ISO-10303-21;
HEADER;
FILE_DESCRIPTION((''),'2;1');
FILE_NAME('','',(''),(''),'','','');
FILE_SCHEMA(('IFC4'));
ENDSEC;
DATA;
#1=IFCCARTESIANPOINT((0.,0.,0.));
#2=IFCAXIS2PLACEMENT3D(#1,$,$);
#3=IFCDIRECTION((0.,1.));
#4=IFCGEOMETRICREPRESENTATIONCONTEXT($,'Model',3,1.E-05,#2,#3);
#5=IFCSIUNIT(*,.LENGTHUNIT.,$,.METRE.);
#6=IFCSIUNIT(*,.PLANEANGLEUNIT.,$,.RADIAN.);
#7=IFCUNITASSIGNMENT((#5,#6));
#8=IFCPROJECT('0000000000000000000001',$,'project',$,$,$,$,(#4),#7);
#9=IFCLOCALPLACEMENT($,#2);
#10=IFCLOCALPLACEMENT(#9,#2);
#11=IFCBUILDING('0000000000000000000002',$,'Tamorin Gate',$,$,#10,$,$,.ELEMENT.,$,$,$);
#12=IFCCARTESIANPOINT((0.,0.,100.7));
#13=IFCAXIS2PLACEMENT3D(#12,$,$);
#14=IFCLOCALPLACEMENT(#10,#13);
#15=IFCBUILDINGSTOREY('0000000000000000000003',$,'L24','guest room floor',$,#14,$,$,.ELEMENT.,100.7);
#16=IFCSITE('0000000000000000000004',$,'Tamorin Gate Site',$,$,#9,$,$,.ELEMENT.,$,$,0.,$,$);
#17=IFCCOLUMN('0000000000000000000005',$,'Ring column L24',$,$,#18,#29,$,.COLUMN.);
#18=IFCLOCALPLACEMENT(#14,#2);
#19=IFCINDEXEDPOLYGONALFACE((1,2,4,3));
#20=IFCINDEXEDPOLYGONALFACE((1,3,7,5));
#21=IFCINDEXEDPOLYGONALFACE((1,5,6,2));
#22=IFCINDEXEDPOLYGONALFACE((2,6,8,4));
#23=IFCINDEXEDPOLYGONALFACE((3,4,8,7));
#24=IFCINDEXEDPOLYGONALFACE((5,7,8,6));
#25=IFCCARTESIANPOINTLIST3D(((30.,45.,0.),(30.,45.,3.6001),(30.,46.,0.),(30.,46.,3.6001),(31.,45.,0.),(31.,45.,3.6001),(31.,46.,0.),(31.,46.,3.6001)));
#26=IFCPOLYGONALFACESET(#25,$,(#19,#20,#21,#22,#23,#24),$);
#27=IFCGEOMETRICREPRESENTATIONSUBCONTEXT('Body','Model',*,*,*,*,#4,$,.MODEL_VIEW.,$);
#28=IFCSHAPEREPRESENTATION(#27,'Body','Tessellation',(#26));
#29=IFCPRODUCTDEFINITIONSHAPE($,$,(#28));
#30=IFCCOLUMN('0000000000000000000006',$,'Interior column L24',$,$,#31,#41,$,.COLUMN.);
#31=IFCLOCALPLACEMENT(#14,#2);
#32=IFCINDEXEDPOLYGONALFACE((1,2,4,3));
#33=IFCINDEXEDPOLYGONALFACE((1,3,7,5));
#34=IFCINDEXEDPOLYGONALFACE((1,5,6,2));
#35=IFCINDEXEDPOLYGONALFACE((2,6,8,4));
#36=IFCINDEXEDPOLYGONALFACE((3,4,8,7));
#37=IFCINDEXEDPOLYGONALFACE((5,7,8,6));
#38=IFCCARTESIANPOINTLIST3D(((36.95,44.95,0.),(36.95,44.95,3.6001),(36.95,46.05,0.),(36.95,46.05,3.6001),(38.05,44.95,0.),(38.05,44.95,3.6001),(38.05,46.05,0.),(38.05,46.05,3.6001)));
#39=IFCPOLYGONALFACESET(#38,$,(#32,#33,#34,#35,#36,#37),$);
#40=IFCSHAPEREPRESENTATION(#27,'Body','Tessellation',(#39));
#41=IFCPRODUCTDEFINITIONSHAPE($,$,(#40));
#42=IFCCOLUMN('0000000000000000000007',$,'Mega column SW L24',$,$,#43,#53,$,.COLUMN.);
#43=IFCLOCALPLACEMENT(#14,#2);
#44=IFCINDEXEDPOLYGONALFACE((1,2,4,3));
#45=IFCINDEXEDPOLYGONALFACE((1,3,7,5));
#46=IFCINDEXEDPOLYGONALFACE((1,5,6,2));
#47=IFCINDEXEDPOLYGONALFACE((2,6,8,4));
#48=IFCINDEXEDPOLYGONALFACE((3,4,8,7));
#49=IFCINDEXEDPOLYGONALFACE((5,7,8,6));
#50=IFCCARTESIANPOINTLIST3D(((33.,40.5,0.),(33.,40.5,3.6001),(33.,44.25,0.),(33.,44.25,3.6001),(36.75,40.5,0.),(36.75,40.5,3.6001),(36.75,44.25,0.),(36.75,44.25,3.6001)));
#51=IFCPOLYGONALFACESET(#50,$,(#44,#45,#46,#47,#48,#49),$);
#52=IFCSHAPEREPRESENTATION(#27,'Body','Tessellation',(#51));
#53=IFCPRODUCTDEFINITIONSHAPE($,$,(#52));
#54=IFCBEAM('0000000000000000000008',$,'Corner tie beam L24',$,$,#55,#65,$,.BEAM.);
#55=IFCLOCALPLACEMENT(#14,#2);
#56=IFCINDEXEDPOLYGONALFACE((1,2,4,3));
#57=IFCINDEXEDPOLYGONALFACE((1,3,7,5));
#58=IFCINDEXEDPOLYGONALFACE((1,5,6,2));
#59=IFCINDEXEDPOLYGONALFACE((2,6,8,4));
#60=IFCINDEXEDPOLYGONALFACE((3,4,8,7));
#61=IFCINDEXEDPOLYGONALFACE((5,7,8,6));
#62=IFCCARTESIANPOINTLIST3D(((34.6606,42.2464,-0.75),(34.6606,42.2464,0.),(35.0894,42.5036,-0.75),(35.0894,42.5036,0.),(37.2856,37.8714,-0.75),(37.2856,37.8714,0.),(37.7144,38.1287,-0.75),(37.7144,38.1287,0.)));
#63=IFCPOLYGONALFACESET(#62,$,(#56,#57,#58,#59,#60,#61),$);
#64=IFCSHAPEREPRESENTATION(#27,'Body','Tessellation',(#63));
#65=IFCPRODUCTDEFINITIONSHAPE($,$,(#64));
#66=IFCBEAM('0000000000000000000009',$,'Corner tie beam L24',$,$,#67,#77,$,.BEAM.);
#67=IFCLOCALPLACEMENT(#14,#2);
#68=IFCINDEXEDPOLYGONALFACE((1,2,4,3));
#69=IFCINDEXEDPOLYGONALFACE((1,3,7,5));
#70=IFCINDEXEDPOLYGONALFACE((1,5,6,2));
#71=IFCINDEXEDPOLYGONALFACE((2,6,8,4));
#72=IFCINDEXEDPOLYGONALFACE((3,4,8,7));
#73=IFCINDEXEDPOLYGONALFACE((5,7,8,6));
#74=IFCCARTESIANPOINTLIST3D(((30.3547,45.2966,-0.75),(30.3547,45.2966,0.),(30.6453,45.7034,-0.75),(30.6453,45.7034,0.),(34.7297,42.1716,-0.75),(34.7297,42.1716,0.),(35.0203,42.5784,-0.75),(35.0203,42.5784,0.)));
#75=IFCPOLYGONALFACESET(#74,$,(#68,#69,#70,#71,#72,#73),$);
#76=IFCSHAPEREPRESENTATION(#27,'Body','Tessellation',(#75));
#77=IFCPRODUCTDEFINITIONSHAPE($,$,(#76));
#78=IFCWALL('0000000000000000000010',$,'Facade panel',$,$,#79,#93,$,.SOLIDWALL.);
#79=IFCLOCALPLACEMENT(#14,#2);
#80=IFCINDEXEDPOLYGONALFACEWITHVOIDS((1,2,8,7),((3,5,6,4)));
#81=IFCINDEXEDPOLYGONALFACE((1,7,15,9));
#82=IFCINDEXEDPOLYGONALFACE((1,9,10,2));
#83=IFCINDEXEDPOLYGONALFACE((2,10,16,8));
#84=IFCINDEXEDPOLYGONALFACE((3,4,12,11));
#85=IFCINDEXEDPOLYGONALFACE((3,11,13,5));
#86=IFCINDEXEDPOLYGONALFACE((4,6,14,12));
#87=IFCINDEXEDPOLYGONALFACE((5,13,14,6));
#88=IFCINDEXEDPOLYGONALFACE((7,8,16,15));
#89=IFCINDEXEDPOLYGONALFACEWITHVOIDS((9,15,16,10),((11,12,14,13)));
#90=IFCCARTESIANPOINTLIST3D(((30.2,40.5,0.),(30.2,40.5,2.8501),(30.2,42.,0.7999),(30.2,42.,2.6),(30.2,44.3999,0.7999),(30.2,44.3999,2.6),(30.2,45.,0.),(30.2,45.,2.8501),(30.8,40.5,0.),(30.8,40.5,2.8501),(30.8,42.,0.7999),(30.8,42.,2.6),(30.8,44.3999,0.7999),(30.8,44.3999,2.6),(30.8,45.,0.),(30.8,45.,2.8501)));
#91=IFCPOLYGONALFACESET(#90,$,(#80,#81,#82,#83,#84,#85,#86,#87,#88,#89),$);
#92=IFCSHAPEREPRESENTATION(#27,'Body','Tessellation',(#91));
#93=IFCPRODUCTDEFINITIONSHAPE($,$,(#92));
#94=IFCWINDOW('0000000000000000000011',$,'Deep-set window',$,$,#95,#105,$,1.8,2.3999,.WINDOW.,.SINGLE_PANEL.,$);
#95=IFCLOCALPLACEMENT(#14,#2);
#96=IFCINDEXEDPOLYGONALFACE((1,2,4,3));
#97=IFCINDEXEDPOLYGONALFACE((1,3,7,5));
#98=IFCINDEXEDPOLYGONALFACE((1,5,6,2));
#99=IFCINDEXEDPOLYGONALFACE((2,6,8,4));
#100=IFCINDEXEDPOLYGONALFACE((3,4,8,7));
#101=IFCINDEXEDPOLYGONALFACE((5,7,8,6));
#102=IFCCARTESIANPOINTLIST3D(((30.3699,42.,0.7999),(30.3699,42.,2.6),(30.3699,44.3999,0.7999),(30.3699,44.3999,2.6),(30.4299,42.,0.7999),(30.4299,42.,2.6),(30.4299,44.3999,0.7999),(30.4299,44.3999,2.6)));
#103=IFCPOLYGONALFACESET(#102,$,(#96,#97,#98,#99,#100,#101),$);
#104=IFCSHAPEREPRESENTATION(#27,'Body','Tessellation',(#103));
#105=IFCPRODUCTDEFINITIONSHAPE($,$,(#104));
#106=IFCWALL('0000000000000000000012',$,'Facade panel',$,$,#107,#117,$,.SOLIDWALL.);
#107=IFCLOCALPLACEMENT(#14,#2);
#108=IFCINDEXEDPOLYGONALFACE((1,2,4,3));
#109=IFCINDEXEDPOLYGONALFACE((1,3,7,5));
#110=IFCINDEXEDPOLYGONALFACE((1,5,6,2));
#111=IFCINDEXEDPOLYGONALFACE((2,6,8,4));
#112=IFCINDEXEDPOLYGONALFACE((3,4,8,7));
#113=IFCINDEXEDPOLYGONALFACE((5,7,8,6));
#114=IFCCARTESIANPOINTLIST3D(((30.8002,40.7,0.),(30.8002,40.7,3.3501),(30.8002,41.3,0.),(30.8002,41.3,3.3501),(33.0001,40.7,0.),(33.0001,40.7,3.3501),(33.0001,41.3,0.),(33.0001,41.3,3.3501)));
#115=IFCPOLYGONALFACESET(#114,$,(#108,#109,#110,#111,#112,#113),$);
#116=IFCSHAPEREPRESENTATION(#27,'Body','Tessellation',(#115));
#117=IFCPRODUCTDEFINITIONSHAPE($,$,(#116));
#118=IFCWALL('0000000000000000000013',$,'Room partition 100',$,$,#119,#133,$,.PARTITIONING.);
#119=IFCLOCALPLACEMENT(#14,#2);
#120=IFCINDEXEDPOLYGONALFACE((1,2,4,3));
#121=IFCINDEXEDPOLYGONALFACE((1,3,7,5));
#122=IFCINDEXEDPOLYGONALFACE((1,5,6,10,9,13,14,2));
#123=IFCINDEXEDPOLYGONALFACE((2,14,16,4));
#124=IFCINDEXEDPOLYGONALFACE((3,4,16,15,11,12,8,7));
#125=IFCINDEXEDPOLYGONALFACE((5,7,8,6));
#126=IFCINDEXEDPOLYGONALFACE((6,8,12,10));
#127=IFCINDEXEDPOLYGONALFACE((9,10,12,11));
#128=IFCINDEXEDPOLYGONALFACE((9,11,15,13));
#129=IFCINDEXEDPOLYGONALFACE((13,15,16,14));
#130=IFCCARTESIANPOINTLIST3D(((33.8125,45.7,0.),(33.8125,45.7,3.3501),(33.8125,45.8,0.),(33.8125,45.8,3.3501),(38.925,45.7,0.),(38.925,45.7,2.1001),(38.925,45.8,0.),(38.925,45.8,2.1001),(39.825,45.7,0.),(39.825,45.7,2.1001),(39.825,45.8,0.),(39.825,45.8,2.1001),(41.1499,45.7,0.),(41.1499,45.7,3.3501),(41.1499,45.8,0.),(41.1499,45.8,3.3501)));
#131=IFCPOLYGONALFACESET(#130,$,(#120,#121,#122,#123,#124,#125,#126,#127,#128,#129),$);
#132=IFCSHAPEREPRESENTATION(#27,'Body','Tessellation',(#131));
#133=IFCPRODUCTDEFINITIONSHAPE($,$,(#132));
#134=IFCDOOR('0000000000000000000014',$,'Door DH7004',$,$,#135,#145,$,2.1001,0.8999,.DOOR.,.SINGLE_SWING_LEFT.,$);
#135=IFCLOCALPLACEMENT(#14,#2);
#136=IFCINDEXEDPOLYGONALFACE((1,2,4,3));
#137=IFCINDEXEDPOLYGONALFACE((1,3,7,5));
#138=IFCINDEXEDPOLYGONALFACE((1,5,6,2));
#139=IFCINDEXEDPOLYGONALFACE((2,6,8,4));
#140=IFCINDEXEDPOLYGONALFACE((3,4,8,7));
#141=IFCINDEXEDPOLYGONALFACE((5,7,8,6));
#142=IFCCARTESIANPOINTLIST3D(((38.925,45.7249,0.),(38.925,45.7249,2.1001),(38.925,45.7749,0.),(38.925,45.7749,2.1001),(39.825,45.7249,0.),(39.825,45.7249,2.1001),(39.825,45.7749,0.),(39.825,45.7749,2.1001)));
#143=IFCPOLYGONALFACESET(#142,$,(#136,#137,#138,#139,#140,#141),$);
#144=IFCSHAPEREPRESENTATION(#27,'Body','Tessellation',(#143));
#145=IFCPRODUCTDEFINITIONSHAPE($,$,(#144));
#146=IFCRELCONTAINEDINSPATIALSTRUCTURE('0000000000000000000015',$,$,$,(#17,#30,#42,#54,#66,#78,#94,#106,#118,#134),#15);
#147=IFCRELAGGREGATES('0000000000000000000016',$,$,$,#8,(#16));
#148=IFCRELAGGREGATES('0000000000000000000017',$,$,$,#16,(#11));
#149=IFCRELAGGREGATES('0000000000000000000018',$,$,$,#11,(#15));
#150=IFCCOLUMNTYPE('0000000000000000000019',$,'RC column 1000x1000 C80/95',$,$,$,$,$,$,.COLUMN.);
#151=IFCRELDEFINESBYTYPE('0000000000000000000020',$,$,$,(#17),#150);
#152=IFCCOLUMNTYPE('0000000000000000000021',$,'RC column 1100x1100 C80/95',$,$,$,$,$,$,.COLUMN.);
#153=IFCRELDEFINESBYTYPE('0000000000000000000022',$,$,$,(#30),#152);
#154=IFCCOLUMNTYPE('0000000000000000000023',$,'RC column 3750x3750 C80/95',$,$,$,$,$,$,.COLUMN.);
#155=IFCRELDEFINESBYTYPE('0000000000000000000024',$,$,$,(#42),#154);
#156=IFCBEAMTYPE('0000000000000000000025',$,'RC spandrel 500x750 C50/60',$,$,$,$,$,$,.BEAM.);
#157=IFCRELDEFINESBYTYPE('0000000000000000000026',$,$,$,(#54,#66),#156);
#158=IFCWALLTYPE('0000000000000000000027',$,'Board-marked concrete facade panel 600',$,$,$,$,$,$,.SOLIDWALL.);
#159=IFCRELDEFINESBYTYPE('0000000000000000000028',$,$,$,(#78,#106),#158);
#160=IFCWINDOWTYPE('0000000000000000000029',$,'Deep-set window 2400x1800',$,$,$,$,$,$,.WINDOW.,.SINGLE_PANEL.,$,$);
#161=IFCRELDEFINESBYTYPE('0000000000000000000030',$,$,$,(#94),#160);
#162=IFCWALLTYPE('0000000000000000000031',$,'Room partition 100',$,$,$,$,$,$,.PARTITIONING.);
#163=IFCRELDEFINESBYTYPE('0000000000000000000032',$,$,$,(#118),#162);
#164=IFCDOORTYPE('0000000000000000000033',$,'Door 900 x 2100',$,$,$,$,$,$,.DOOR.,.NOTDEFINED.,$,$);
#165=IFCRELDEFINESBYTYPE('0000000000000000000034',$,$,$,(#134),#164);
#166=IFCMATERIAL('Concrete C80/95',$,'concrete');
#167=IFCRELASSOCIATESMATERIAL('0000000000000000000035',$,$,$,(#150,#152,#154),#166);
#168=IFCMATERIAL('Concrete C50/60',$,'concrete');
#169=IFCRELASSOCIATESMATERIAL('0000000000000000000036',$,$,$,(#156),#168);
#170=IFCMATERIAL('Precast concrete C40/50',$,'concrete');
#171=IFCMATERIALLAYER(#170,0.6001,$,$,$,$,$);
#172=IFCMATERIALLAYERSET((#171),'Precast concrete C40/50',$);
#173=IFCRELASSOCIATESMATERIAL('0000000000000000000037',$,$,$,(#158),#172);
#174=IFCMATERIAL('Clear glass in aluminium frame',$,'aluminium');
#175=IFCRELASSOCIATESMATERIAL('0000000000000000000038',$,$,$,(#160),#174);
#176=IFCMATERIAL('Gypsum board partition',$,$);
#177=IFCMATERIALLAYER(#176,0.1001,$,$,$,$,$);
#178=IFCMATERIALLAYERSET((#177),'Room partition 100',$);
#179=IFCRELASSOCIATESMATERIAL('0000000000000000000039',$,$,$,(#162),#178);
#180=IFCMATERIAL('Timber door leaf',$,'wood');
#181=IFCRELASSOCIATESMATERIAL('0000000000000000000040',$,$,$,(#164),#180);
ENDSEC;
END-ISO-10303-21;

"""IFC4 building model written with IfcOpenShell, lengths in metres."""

from ifc_helpers import new_model, si_unit, direction, frame, frame_2d, origin, origin_2d, place, context, subcontext, project, spatial, rectangle, extrude, material, layer, layer_set, material_profile, profile_set, type_object, element, fill, save


model = new_model("IFC4")

# Units and contexts
model_context = context("Model", 3, precision=1e-05, world=origin(), true_north=direction((0.0, 1.0)))
body_context = subcontext(model_context, "Body", "Model", "MODEL_VIEW")
ifc_project = project(units=[si_unit("LENGTHUNIT", "METRE"), si_unit("PLANEANGLEUNIT", "RADIAN")], contexts=[model_context])

# Site, building, storey
site_placement = place(None, origin())
site = spatial("IfcSite", under=ifc_project, at=site_placement, Name="Tamorin Gate Site", CompositionType="ELEMENT", RefElevation=0.0)
building_placement = place(site_placement, origin())
building = spatial("IfcBuilding", under=site, at=building_placement, Name="Tamorin Gate", CompositionType="ELEMENT")
storey_placement = place(building_placement, frame((0.0, 0.0, 100.7)))
storey = spatial("IfcBuildingStorey", under=building, at=storey_placement, Name="L24", Description="guest room floor", CompositionType="ELEMENT", Elevation=100.7)

# Columns
ifc_material_1 = material(Name="Concrete C80/95", Category="concrete")
ifc_material_profile_1 = material_profile(ifc_material_1, rectangle(XDim=1.0, YDim=1.0, at=origin_2d()), Name="RC 1000x1000")
ifc_profile_set_1 = profile_set([ifc_material_profile_1], Name="Concrete C80/95")
column_type_1 = type_object("IfcColumnType", Name="RC column 1000x1000 C80/95", PredefinedType="COLUMN", material=ifc_profile_set_1)
column_1_placement = place(storey_placement, frame((30.5, 45.5, 0.0), z_axis=(0.0, 0.0, 1.0), x_axis=(1.0, 0.0, 0.0)))
element("IfcColumn", 1, at=column_1_placement, inside=storey, type_object=column_type_1, Name="Ring column L24", PredefinedType="COLUMN", context=body_context, shape_type="SweptSolid", body=[
    extrude(rectangle(XDim=1.0, YDim=1.0, at=origin_2d()), origin(), (0.0, 0.0, 1.0), 3.6001),
])
ifc_material_profile_2 = material_profile(ifc_material_1, rectangle(XDim=1.1001, YDim=1.1001, at=origin_2d()), Name="RC 1100x1100")
ifc_profile_set_2 = profile_set([ifc_material_profile_2], Name="Concrete C80/95")
column_type_2 = type_object("IfcColumnType", Name="RC column 1100x1100 C80/95", PredefinedType="COLUMN", material=ifc_profile_set_2)
column_2_placement = place(storey_placement, frame((37.5, 45.5, 0.0), z_axis=(0.0, 0.0, 1.0), x_axis=(1.0, 0.0, 0.0)))
element("IfcColumn", 2, at=column_2_placement, inside=storey, type_object=column_type_2, Name="Interior column L24", PredefinedType="COLUMN", context=body_context, shape_type="SweptSolid", body=[
    extrude(rectangle(XDim=1.1001, YDim=1.1001, at=origin_2d()), origin(), (0.0, 0.0, 1.0), 3.6001),
])
ifc_material_profile_3 = material_profile(ifc_material_1, rectangle(XDim=3.75, YDim=3.75, at=origin_2d()), Name="RC 3750x3750")
ifc_profile_set_3 = profile_set([ifc_material_profile_3], Name="Concrete C80/95")
column_type_3 = type_object("IfcColumnType", Name="RC column 3750x3750 C80/95", PredefinedType="COLUMN", material=ifc_profile_set_3)
column_3_placement = place(storey_placement, frame((34.875, 42.375, 0.0), z_axis=(0.0, 0.0, 1.0), x_axis=(1.0, 0.0, 0.0)))
element("IfcColumn", 3, at=column_3_placement, inside=storey, type_object=column_type_3, Name="Mega column SW L24", PredefinedType="COLUMN", context=body_context, shape_type="SweptSolid", body=[
    extrude(rectangle(XDim=3.75, YDim=3.75, at=origin_2d()), origin(), (0.0, 0.0, 1.0), 3.6001),
])

# Beams
ifc_material_2 = material(Name="Concrete C50/60", Category="concrete")
ifc_material_profile_4 = material_profile(ifc_material_2, rectangle(XDim=0.5, YDim=0.75, at=origin_2d()), Name="RC 500x750")
ifc_profile_set_4 = profile_set([ifc_material_profile_4], Name="Concrete C50/60")
beam_type = type_object("IfcBeamType", Name="RC spandrel 500x750 C50/60", PredefinedType="BEAM", material=ifc_profile_set_4)
beam_1_placement = place(storey_placement, frame((34.875, 42.375, -0.375), z_axis=(0.514496, -0.857493, 0.0), x_axis=(0.857493, 0.514496, 0.0)))
element("IfcBeam", 4, at=beam_1_placement, inside=storey, type_object=beam_type, Name="Corner tie beam L24", PredefinedType="BEAM", context=body_context, shape_type="SweptSolid", body=[
    extrude(rectangle(XDim=0.5, YDim=0.75, at=origin_2d()), origin(), (0.0, 0.0, 1.0), 5.1021),
])
beam_2_placement = place(storey_placement, frame((34.875, 42.375, -0.375), z_axis=(-0.813733, 0.581238, 0.0), x_axis=(-0.581238, -0.813733, 0.0)))
element("IfcBeam", 5, at=beam_2_placement, inside=storey, type_object=beam_type, Name="Corner tie beam L24", PredefinedType="BEAM", context=body_context, shape_type="SweptSolid", body=[
    extrude(rectangle(XDim=0.5, YDim=0.75, at=origin_2d()), origin(), (0.0, 0.0, 1.0), 5.3765),
])

# Wall, opening, window
ifc_material_3 = material(Name="Precast concrete C40/50", Category="concrete")
ifc_layer_1 = layer(ifc_material_3, 0.6001)
ifc_layer_set_1 = layer_set([ifc_layer_1], Name="Precast concrete C40/50")
wall_type_1 = type_object("IfcWallType", Name="Board-marked concrete facade panel 600", PredefinedType="SOLIDWALL", material=ifc_layer_set_1)
wall_1_placement = place(storey_placement, frame((30.5, 45.0, 0.0), z_axis=(0.0, 0.0, 1.0), x_axis=(0.0, -1.0, 0.0)))
wall_1 = element("IfcWall", 6, at=wall_1_placement, inside=storey, type_object=wall_type_1, Name="Facade panel", PredefinedType="SOLIDWALL", context=body_context, shape_type="SweptSolid", body=[
    extrude(rectangle(XDim=4.5, YDim=0.6001, at=frame_2d((2.25, 0.0))), origin(), (0.0, 0.0, 1.0), 2.8501),
])
opening_1_placement = place(wall_1_placement, frame((0.6001, 0.0, 0.8)))
opening_1 = element("IfcOpeningElement", 7, at=opening_1_placement, cuts=wall_1, PredefinedType="OPENING", context=body_context, shape_type="SweptSolid", body=[
    extrude(rectangle(XDim=2.3999, YDim=1.8, at=frame_2d((1.2, 0.8999))), frame((0.0, 0.3101, 0.0), z_axis=(0.0, -1.0, 0.0), x_axis=(1.0, 0.0, 0.0)), (0.0, 0.0, 1.0), 0.6201),
])
ifc_material_4 = material(Name="Clear glass in aluminium frame", Category="aluminium")
window_type = type_object("IfcWindowType", Name="Deep-set window 2400x1800", PartitioningType="SINGLE_PANEL", PredefinedType="WINDOW", material=ifc_material_4)
window_placement = place(opening_1_placement, origin())
window = element("IfcWindow", 8, at=window_placement, inside=storey, type_object=window_type, Name="Deep-set window", OverallHeight=1.8, OverallWidth=2.3999, PartitioningType="SINGLE_PANEL", PredefinedType="WINDOW", context=body_context, shape_type="SweptSolid", body=[
    extrude(rectangle(XDim=2.3999, YDim=1.8, at=frame_2d((1.2, 0.8999))), frame((0.0, -0.0701, 0.0), z_axis=(0.0, -1.0, 0.0), x_axis=(1.0, 0.0, 0.0)), (0.0, 0.0, 1.0), 0.0601),
])
fill(opening_1, window)

# Wall
wall_2_placement = place(storey_placement, frame((30.8, 41.0, 0.0), z_axis=(0.0, 0.0, 1.0), x_axis=(1.0, 0.0, 0.0)))
element("IfcWall", 9, at=wall_2_placement, inside=storey, type_object=wall_type_1, Name="Facade panel", PredefinedType="SOLIDWALL", context=body_context, shape_type="SweptSolid", body=[
    extrude(rectangle(XDim=2.2, YDim=0.6001, at=frame_2d((1.1001, 0.0))), origin(), (0.0, 0.0, 1.0), 3.3501),
])

# Wall, opening, door
ifc_material_5 = material(Name="Gypsum board partition")
ifc_layer_2 = layer(ifc_material_5, 0.1001)
ifc_layer_set_2 = layer_set([ifc_layer_2], Name="Room partition 100")
wall_type_2 = type_object("IfcWallType", Name="Room partition 100", PredefinedType="PARTITIONING", material=ifc_layer_set_2)
wall_3_placement = place(storey_placement, frame((33.8125, 45.75, 0.0), z_axis=(0.0, 0.0, 1.0), x_axis=(1.0, 0.0, 0.0)))
wall_3 = element("IfcWall", 10, at=wall_3_placement, inside=storey, type_object=wall_type_2, Name="Room partition 100", PredefinedType="PARTITIONING", context=body_context, shape_type="SweptSolid", body=[
    extrude(rectangle(XDim=7.3374, YDim=0.1001, at=frame_2d((3.6687, 0.0))), origin(), (0.0, 0.0, 1.0), 3.3501),
])
opening_2_placement = place(wall_3_placement, frame((5.1125, 0.0, 0.0)))
opening_2 = element("IfcOpeningElement", 11, at=opening_2_placement, cuts=wall_3, PredefinedType="OPENING", context=body_context, shape_type="SweptSolid", body=[
    extrude(rectangle(XDim=0.8999, YDim=2.1001, at=frame_2d((0.45, 1.05))), frame((0.0, 0.0601, 0.0), z_axis=(0.0, -1.0, 0.0), x_axis=(1.0, 0.0, 0.0)), (0.0, 0.0, 1.0), 0.1201),
])
ifc_material_6 = material(Name="Timber door leaf", Category="wood")
door_type = type_object("IfcDoorType", Name="Door 900 x 2100", OperationType="NOTDEFINED", PredefinedType="DOOR", material=ifc_material_6)
door_1_placement = place(opening_2_placement, origin())
door_1 = element("IfcDoor", 12, at=door_1_placement, inside=storey, type_object=door_type, Name="Door DH7004", OperationType="SINGLE_SWING_LEFT", OverallHeight=2.1001, OverallWidth=0.8999, PredefinedType="DOOR", context=body_context, shape_type="SweptSolid", body=[
    extrude(rectangle(XDim=0.8999, YDim=2.1001, at=frame_2d((0.45, 1.05))), frame((0.0, 0.0249, 0.0), z_axis=(0.0, -1.0, 0.0), x_axis=(1.0, 0.0, 0.0)), (0.0, 0.0, 1.0), 0.05),
])
fill(opening_2, door_1)

save(model, "model.ifc")
